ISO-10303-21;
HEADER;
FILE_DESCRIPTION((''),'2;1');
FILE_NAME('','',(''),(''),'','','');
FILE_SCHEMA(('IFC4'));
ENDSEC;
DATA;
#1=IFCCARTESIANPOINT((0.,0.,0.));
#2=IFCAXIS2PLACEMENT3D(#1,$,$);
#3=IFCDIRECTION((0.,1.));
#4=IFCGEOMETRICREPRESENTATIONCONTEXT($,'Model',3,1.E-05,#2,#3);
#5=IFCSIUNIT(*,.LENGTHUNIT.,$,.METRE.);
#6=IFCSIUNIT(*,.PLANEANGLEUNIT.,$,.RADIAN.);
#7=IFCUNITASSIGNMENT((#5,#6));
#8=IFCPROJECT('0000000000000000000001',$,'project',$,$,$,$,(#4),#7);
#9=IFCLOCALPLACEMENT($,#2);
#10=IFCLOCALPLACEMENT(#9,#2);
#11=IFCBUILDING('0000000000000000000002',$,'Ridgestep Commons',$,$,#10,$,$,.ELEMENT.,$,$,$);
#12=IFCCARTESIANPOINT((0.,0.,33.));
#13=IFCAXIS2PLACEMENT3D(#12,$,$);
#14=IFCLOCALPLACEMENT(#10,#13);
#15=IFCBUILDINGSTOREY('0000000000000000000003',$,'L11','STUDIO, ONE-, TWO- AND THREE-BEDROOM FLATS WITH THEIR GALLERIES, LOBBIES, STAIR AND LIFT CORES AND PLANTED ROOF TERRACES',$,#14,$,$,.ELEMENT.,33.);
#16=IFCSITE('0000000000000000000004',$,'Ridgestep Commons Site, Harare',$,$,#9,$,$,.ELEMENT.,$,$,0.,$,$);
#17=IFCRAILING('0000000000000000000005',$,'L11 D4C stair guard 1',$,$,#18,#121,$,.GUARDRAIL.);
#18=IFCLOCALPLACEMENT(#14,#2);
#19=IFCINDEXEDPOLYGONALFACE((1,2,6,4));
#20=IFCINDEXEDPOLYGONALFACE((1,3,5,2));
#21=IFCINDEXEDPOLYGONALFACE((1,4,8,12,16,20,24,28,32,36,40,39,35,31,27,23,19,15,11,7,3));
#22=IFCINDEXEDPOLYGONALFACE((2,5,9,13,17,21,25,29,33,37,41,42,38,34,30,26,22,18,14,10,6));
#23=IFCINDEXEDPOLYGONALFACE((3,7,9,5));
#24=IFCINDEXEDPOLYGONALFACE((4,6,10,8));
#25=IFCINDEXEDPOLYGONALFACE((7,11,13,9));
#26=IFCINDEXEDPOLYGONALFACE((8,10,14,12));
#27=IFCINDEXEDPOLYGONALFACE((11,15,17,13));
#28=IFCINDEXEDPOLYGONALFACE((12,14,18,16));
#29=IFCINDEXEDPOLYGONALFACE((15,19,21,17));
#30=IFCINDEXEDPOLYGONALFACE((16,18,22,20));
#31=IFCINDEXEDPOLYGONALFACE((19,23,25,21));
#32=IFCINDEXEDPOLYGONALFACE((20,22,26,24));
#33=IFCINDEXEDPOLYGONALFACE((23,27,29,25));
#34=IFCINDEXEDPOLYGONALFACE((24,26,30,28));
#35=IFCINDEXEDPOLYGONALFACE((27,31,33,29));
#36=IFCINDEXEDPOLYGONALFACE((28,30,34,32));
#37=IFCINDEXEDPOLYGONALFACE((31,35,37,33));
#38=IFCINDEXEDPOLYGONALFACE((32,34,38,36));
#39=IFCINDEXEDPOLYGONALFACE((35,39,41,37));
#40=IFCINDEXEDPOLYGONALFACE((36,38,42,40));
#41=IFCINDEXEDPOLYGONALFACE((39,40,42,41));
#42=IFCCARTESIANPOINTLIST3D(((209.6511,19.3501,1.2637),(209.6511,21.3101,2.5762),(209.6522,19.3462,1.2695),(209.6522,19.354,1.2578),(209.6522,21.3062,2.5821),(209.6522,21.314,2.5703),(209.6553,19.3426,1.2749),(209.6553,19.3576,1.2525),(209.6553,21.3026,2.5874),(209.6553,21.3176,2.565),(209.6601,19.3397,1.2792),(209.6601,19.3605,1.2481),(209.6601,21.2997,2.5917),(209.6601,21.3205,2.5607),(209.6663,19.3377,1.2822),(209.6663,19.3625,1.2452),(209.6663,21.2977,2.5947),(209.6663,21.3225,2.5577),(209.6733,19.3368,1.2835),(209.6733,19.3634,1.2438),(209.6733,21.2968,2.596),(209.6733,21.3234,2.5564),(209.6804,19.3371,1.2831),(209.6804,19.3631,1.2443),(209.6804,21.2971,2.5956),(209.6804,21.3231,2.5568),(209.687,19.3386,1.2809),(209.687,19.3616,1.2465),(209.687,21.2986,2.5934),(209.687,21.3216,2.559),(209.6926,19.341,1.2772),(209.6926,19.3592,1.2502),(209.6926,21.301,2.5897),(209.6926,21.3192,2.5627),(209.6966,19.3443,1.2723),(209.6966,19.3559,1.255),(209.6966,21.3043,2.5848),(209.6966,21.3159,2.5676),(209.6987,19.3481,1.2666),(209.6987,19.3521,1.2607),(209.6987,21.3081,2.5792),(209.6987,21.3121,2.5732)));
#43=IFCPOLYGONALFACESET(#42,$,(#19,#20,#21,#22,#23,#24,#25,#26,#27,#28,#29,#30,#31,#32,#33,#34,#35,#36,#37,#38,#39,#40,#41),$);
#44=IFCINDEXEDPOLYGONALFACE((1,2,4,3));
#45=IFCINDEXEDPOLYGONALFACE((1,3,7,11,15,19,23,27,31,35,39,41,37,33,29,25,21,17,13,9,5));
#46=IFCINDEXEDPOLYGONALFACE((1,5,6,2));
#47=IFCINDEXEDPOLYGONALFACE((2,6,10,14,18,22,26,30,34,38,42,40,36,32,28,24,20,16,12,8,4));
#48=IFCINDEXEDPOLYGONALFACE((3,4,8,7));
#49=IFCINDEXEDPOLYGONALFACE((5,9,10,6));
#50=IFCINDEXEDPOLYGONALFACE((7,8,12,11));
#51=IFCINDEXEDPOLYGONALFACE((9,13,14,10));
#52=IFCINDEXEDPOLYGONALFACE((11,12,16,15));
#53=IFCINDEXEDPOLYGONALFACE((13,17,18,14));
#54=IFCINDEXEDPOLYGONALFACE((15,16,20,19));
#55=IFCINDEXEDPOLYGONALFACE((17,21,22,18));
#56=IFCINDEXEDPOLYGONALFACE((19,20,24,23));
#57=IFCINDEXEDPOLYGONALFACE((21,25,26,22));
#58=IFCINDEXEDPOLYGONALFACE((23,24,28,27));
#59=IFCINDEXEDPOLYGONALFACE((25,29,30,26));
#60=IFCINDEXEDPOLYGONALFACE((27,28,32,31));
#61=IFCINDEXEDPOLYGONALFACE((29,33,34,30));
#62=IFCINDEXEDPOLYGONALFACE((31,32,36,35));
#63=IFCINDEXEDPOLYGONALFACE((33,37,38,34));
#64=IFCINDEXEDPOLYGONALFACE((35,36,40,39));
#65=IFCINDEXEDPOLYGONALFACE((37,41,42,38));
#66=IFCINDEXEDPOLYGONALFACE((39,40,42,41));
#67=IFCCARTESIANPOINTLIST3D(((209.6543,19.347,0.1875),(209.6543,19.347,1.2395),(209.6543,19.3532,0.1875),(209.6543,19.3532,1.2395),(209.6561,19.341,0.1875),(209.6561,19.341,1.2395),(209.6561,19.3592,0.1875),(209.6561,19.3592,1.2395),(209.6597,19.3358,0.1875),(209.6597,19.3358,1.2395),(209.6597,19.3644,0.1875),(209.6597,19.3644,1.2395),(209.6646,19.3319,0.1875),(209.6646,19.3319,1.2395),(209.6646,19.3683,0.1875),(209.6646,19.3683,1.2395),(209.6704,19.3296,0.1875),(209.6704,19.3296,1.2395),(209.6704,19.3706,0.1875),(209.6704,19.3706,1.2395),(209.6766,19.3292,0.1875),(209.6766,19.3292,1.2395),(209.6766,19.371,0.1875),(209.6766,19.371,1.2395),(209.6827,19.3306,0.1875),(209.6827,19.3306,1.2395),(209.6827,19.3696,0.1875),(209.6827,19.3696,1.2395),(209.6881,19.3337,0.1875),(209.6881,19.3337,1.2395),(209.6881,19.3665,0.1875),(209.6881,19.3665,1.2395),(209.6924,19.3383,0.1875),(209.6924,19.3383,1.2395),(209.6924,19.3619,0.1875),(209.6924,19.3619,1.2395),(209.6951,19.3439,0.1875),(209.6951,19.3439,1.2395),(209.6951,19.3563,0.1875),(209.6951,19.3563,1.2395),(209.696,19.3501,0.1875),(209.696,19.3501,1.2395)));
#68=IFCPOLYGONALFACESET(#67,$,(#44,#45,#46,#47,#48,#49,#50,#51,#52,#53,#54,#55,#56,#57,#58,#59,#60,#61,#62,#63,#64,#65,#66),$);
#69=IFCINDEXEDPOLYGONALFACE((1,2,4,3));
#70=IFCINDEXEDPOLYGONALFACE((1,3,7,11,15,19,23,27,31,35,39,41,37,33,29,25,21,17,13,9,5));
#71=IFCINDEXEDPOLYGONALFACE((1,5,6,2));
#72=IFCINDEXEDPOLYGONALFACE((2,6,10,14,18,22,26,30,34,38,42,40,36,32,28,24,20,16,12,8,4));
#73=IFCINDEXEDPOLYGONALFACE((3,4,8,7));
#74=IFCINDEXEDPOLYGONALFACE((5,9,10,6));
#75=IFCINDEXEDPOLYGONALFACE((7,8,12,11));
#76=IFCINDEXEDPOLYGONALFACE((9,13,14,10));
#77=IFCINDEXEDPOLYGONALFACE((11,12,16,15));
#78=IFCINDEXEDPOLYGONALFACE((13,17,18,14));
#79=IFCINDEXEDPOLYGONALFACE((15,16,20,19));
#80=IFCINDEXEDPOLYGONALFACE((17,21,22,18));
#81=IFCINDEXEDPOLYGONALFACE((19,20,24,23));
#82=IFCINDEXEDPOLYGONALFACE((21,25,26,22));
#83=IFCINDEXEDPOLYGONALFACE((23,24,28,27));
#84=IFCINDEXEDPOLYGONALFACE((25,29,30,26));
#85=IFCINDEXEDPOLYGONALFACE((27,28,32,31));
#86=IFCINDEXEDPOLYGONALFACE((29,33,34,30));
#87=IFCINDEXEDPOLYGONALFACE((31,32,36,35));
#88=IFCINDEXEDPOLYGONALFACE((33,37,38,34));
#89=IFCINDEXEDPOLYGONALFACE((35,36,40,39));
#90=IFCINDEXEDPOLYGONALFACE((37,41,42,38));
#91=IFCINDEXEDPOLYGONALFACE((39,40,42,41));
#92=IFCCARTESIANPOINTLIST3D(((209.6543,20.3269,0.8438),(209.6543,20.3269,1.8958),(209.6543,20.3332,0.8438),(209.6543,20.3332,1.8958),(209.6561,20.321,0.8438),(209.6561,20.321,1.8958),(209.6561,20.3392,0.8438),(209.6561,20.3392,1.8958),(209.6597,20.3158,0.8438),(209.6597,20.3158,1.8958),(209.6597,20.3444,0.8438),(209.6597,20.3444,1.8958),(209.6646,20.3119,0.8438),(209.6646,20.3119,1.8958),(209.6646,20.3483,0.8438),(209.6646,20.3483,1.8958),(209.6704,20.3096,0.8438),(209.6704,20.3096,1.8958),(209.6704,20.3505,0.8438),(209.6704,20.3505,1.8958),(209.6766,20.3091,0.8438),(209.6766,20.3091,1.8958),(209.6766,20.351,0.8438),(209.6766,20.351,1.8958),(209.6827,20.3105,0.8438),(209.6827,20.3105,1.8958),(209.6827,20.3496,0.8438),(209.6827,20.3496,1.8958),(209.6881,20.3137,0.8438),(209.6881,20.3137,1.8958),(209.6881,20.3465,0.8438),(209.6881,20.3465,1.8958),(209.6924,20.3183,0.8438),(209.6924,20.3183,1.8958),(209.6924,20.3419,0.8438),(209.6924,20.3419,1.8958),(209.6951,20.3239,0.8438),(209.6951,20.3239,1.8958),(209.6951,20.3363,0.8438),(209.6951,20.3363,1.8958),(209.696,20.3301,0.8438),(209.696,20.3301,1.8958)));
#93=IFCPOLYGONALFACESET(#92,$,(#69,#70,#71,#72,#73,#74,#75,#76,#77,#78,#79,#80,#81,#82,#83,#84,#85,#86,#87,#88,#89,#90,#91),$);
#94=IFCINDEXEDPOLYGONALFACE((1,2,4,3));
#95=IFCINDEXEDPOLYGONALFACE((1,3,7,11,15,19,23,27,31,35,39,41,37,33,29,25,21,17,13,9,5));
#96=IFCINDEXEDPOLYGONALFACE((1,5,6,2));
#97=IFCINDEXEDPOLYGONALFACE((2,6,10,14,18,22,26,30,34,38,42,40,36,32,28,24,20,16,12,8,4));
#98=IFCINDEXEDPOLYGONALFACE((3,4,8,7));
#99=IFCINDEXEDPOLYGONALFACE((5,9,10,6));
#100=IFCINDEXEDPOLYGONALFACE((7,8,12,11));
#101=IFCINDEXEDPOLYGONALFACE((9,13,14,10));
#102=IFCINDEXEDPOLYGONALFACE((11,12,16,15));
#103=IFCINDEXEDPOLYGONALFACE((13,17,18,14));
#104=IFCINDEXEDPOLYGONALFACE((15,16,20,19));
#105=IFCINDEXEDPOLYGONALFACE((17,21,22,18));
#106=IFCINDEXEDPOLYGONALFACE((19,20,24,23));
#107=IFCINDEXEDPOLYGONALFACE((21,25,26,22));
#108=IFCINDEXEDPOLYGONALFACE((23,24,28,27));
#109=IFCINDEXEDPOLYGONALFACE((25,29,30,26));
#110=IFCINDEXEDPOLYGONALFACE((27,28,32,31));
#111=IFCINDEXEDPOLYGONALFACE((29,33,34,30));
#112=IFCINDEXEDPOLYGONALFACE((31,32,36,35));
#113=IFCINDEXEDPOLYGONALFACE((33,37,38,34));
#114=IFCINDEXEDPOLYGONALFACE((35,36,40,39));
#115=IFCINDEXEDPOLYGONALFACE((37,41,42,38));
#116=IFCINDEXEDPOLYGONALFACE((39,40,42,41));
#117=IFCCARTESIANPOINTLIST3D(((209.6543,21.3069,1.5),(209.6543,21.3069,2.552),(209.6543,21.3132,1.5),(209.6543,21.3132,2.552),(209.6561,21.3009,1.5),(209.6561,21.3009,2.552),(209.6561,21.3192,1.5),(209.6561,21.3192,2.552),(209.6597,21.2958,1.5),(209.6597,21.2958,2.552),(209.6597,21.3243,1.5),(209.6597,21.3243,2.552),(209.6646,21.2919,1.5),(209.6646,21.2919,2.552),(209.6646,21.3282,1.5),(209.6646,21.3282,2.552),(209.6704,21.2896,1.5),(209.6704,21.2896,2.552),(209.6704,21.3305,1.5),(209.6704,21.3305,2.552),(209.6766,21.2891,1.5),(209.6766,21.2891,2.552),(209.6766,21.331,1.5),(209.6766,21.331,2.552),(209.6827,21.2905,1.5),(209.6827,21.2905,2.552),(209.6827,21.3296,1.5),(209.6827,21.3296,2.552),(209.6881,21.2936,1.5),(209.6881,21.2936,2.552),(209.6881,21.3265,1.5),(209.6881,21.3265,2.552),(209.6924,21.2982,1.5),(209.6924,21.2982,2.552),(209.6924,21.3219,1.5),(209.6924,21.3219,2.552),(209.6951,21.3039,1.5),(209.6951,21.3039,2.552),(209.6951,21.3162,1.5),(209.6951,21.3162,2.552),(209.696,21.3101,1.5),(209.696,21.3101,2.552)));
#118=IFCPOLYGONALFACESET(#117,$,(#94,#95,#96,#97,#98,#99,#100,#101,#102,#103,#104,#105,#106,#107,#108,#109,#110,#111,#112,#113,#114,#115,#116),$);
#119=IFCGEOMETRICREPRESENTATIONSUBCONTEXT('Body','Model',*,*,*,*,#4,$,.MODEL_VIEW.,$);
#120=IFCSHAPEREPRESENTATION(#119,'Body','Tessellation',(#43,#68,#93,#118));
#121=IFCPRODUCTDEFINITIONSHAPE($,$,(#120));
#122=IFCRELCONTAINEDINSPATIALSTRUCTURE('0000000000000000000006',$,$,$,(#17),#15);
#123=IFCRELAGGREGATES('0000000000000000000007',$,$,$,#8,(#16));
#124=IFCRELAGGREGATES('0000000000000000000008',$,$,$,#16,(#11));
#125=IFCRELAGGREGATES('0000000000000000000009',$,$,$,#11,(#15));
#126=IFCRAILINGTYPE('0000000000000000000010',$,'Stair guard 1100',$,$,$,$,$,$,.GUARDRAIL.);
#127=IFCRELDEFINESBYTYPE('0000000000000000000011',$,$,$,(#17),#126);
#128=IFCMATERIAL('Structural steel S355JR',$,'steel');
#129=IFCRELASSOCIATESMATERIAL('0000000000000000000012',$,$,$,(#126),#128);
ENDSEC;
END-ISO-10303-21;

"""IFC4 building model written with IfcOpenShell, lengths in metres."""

from ifc_helpers import new_model, si_unit, direction, frame, origin, origin_2d, place, context, subcontext, project, spatial, circle, extrude, material, type_object, element, save


model = new_model("IFC4")

# Units and contexts
model_context = context("Model", 3, precision=1e-05, world=origin(), true_north=direction((0.0, 1.0)))
body_context = subcontext(model_context, "Body", "Model", "MODEL_VIEW")
ifc_project = project(units=[si_unit("LENGTHUNIT", "METRE"), si_unit("PLANEANGLEUNIT", "RADIAN")], contexts=[model_context])

# Site, building, storey
site_placement = place(None, origin())
site = spatial("IfcSite", under=ifc_project, at=site_placement, Name="Ridgestep Commons Site, Harare", CompositionType="ELEMENT", RefElevation=0.0)
building_placement = place(site_placement, origin())
building = spatial("IfcBuilding", under=site, at=building_placement, Name="Ridgestep Commons", CompositionType="ELEMENT")
storey_placement = place(building_placement, frame((0.0, 0.0, 33.0)))
storey = spatial("IfcBuildingStorey", under=building, at=storey_placement, Name="L11", Description="STUDIO, ONE-, TWO- AND THREE-BEDROOM FLATS WITH THEIR GALLERIES, LOBBIES, STAIR AND LIFT CORES AND PLANTED ROOF TERRACES", CompositionType="ELEMENT", Elevation=33.0)

# Railing
ifc_material_1 = material(Name="Structural steel S355JR", Category="steel")
railing_type_1 = type_object("IfcRailingType", Name="Stair guard 1100", PredefinedType="GUARDRAIL", material=ifc_material_1)
railing_1_placement = place(storey_placement, frame((209.675, 19.3501, 0.1875)))
element("IfcRailing", 1, at=railing_1_placement, inside=storey, type_object=railing_type_1, Name="L11 D4C stair guard 1", PredefinedType="GUARDRAIL", context=body_context, shape_type="SweptSolid", body=[
    extrude(circle(Radius=0.0239, at=origin_2d()), frame((0.0, 0.0, 1.0762), z_axis=(0.0, 0.830902, 0.556419), x_axis=(-1.0, 0.0, 0.0)), (0.0, 0.0, 1.0), 2.3589),
    extrude(circle(Radius=0.021, at=origin_2d()), origin(), (0.0, 0.0, 1.0), 1.052),
    extrude(circle(Radius=0.021, at=origin_2d()), frame((0.0, 0.98, 0.6562)), (0.0, 0.0, 1.0), 1.052),
    extrude(circle(Radius=0.021, at=origin_2d()), frame((0.0, 1.96, 1.3125)), (0.0, 0.0, 1.0), 1.052),
])

save(model, "model.ifc")
